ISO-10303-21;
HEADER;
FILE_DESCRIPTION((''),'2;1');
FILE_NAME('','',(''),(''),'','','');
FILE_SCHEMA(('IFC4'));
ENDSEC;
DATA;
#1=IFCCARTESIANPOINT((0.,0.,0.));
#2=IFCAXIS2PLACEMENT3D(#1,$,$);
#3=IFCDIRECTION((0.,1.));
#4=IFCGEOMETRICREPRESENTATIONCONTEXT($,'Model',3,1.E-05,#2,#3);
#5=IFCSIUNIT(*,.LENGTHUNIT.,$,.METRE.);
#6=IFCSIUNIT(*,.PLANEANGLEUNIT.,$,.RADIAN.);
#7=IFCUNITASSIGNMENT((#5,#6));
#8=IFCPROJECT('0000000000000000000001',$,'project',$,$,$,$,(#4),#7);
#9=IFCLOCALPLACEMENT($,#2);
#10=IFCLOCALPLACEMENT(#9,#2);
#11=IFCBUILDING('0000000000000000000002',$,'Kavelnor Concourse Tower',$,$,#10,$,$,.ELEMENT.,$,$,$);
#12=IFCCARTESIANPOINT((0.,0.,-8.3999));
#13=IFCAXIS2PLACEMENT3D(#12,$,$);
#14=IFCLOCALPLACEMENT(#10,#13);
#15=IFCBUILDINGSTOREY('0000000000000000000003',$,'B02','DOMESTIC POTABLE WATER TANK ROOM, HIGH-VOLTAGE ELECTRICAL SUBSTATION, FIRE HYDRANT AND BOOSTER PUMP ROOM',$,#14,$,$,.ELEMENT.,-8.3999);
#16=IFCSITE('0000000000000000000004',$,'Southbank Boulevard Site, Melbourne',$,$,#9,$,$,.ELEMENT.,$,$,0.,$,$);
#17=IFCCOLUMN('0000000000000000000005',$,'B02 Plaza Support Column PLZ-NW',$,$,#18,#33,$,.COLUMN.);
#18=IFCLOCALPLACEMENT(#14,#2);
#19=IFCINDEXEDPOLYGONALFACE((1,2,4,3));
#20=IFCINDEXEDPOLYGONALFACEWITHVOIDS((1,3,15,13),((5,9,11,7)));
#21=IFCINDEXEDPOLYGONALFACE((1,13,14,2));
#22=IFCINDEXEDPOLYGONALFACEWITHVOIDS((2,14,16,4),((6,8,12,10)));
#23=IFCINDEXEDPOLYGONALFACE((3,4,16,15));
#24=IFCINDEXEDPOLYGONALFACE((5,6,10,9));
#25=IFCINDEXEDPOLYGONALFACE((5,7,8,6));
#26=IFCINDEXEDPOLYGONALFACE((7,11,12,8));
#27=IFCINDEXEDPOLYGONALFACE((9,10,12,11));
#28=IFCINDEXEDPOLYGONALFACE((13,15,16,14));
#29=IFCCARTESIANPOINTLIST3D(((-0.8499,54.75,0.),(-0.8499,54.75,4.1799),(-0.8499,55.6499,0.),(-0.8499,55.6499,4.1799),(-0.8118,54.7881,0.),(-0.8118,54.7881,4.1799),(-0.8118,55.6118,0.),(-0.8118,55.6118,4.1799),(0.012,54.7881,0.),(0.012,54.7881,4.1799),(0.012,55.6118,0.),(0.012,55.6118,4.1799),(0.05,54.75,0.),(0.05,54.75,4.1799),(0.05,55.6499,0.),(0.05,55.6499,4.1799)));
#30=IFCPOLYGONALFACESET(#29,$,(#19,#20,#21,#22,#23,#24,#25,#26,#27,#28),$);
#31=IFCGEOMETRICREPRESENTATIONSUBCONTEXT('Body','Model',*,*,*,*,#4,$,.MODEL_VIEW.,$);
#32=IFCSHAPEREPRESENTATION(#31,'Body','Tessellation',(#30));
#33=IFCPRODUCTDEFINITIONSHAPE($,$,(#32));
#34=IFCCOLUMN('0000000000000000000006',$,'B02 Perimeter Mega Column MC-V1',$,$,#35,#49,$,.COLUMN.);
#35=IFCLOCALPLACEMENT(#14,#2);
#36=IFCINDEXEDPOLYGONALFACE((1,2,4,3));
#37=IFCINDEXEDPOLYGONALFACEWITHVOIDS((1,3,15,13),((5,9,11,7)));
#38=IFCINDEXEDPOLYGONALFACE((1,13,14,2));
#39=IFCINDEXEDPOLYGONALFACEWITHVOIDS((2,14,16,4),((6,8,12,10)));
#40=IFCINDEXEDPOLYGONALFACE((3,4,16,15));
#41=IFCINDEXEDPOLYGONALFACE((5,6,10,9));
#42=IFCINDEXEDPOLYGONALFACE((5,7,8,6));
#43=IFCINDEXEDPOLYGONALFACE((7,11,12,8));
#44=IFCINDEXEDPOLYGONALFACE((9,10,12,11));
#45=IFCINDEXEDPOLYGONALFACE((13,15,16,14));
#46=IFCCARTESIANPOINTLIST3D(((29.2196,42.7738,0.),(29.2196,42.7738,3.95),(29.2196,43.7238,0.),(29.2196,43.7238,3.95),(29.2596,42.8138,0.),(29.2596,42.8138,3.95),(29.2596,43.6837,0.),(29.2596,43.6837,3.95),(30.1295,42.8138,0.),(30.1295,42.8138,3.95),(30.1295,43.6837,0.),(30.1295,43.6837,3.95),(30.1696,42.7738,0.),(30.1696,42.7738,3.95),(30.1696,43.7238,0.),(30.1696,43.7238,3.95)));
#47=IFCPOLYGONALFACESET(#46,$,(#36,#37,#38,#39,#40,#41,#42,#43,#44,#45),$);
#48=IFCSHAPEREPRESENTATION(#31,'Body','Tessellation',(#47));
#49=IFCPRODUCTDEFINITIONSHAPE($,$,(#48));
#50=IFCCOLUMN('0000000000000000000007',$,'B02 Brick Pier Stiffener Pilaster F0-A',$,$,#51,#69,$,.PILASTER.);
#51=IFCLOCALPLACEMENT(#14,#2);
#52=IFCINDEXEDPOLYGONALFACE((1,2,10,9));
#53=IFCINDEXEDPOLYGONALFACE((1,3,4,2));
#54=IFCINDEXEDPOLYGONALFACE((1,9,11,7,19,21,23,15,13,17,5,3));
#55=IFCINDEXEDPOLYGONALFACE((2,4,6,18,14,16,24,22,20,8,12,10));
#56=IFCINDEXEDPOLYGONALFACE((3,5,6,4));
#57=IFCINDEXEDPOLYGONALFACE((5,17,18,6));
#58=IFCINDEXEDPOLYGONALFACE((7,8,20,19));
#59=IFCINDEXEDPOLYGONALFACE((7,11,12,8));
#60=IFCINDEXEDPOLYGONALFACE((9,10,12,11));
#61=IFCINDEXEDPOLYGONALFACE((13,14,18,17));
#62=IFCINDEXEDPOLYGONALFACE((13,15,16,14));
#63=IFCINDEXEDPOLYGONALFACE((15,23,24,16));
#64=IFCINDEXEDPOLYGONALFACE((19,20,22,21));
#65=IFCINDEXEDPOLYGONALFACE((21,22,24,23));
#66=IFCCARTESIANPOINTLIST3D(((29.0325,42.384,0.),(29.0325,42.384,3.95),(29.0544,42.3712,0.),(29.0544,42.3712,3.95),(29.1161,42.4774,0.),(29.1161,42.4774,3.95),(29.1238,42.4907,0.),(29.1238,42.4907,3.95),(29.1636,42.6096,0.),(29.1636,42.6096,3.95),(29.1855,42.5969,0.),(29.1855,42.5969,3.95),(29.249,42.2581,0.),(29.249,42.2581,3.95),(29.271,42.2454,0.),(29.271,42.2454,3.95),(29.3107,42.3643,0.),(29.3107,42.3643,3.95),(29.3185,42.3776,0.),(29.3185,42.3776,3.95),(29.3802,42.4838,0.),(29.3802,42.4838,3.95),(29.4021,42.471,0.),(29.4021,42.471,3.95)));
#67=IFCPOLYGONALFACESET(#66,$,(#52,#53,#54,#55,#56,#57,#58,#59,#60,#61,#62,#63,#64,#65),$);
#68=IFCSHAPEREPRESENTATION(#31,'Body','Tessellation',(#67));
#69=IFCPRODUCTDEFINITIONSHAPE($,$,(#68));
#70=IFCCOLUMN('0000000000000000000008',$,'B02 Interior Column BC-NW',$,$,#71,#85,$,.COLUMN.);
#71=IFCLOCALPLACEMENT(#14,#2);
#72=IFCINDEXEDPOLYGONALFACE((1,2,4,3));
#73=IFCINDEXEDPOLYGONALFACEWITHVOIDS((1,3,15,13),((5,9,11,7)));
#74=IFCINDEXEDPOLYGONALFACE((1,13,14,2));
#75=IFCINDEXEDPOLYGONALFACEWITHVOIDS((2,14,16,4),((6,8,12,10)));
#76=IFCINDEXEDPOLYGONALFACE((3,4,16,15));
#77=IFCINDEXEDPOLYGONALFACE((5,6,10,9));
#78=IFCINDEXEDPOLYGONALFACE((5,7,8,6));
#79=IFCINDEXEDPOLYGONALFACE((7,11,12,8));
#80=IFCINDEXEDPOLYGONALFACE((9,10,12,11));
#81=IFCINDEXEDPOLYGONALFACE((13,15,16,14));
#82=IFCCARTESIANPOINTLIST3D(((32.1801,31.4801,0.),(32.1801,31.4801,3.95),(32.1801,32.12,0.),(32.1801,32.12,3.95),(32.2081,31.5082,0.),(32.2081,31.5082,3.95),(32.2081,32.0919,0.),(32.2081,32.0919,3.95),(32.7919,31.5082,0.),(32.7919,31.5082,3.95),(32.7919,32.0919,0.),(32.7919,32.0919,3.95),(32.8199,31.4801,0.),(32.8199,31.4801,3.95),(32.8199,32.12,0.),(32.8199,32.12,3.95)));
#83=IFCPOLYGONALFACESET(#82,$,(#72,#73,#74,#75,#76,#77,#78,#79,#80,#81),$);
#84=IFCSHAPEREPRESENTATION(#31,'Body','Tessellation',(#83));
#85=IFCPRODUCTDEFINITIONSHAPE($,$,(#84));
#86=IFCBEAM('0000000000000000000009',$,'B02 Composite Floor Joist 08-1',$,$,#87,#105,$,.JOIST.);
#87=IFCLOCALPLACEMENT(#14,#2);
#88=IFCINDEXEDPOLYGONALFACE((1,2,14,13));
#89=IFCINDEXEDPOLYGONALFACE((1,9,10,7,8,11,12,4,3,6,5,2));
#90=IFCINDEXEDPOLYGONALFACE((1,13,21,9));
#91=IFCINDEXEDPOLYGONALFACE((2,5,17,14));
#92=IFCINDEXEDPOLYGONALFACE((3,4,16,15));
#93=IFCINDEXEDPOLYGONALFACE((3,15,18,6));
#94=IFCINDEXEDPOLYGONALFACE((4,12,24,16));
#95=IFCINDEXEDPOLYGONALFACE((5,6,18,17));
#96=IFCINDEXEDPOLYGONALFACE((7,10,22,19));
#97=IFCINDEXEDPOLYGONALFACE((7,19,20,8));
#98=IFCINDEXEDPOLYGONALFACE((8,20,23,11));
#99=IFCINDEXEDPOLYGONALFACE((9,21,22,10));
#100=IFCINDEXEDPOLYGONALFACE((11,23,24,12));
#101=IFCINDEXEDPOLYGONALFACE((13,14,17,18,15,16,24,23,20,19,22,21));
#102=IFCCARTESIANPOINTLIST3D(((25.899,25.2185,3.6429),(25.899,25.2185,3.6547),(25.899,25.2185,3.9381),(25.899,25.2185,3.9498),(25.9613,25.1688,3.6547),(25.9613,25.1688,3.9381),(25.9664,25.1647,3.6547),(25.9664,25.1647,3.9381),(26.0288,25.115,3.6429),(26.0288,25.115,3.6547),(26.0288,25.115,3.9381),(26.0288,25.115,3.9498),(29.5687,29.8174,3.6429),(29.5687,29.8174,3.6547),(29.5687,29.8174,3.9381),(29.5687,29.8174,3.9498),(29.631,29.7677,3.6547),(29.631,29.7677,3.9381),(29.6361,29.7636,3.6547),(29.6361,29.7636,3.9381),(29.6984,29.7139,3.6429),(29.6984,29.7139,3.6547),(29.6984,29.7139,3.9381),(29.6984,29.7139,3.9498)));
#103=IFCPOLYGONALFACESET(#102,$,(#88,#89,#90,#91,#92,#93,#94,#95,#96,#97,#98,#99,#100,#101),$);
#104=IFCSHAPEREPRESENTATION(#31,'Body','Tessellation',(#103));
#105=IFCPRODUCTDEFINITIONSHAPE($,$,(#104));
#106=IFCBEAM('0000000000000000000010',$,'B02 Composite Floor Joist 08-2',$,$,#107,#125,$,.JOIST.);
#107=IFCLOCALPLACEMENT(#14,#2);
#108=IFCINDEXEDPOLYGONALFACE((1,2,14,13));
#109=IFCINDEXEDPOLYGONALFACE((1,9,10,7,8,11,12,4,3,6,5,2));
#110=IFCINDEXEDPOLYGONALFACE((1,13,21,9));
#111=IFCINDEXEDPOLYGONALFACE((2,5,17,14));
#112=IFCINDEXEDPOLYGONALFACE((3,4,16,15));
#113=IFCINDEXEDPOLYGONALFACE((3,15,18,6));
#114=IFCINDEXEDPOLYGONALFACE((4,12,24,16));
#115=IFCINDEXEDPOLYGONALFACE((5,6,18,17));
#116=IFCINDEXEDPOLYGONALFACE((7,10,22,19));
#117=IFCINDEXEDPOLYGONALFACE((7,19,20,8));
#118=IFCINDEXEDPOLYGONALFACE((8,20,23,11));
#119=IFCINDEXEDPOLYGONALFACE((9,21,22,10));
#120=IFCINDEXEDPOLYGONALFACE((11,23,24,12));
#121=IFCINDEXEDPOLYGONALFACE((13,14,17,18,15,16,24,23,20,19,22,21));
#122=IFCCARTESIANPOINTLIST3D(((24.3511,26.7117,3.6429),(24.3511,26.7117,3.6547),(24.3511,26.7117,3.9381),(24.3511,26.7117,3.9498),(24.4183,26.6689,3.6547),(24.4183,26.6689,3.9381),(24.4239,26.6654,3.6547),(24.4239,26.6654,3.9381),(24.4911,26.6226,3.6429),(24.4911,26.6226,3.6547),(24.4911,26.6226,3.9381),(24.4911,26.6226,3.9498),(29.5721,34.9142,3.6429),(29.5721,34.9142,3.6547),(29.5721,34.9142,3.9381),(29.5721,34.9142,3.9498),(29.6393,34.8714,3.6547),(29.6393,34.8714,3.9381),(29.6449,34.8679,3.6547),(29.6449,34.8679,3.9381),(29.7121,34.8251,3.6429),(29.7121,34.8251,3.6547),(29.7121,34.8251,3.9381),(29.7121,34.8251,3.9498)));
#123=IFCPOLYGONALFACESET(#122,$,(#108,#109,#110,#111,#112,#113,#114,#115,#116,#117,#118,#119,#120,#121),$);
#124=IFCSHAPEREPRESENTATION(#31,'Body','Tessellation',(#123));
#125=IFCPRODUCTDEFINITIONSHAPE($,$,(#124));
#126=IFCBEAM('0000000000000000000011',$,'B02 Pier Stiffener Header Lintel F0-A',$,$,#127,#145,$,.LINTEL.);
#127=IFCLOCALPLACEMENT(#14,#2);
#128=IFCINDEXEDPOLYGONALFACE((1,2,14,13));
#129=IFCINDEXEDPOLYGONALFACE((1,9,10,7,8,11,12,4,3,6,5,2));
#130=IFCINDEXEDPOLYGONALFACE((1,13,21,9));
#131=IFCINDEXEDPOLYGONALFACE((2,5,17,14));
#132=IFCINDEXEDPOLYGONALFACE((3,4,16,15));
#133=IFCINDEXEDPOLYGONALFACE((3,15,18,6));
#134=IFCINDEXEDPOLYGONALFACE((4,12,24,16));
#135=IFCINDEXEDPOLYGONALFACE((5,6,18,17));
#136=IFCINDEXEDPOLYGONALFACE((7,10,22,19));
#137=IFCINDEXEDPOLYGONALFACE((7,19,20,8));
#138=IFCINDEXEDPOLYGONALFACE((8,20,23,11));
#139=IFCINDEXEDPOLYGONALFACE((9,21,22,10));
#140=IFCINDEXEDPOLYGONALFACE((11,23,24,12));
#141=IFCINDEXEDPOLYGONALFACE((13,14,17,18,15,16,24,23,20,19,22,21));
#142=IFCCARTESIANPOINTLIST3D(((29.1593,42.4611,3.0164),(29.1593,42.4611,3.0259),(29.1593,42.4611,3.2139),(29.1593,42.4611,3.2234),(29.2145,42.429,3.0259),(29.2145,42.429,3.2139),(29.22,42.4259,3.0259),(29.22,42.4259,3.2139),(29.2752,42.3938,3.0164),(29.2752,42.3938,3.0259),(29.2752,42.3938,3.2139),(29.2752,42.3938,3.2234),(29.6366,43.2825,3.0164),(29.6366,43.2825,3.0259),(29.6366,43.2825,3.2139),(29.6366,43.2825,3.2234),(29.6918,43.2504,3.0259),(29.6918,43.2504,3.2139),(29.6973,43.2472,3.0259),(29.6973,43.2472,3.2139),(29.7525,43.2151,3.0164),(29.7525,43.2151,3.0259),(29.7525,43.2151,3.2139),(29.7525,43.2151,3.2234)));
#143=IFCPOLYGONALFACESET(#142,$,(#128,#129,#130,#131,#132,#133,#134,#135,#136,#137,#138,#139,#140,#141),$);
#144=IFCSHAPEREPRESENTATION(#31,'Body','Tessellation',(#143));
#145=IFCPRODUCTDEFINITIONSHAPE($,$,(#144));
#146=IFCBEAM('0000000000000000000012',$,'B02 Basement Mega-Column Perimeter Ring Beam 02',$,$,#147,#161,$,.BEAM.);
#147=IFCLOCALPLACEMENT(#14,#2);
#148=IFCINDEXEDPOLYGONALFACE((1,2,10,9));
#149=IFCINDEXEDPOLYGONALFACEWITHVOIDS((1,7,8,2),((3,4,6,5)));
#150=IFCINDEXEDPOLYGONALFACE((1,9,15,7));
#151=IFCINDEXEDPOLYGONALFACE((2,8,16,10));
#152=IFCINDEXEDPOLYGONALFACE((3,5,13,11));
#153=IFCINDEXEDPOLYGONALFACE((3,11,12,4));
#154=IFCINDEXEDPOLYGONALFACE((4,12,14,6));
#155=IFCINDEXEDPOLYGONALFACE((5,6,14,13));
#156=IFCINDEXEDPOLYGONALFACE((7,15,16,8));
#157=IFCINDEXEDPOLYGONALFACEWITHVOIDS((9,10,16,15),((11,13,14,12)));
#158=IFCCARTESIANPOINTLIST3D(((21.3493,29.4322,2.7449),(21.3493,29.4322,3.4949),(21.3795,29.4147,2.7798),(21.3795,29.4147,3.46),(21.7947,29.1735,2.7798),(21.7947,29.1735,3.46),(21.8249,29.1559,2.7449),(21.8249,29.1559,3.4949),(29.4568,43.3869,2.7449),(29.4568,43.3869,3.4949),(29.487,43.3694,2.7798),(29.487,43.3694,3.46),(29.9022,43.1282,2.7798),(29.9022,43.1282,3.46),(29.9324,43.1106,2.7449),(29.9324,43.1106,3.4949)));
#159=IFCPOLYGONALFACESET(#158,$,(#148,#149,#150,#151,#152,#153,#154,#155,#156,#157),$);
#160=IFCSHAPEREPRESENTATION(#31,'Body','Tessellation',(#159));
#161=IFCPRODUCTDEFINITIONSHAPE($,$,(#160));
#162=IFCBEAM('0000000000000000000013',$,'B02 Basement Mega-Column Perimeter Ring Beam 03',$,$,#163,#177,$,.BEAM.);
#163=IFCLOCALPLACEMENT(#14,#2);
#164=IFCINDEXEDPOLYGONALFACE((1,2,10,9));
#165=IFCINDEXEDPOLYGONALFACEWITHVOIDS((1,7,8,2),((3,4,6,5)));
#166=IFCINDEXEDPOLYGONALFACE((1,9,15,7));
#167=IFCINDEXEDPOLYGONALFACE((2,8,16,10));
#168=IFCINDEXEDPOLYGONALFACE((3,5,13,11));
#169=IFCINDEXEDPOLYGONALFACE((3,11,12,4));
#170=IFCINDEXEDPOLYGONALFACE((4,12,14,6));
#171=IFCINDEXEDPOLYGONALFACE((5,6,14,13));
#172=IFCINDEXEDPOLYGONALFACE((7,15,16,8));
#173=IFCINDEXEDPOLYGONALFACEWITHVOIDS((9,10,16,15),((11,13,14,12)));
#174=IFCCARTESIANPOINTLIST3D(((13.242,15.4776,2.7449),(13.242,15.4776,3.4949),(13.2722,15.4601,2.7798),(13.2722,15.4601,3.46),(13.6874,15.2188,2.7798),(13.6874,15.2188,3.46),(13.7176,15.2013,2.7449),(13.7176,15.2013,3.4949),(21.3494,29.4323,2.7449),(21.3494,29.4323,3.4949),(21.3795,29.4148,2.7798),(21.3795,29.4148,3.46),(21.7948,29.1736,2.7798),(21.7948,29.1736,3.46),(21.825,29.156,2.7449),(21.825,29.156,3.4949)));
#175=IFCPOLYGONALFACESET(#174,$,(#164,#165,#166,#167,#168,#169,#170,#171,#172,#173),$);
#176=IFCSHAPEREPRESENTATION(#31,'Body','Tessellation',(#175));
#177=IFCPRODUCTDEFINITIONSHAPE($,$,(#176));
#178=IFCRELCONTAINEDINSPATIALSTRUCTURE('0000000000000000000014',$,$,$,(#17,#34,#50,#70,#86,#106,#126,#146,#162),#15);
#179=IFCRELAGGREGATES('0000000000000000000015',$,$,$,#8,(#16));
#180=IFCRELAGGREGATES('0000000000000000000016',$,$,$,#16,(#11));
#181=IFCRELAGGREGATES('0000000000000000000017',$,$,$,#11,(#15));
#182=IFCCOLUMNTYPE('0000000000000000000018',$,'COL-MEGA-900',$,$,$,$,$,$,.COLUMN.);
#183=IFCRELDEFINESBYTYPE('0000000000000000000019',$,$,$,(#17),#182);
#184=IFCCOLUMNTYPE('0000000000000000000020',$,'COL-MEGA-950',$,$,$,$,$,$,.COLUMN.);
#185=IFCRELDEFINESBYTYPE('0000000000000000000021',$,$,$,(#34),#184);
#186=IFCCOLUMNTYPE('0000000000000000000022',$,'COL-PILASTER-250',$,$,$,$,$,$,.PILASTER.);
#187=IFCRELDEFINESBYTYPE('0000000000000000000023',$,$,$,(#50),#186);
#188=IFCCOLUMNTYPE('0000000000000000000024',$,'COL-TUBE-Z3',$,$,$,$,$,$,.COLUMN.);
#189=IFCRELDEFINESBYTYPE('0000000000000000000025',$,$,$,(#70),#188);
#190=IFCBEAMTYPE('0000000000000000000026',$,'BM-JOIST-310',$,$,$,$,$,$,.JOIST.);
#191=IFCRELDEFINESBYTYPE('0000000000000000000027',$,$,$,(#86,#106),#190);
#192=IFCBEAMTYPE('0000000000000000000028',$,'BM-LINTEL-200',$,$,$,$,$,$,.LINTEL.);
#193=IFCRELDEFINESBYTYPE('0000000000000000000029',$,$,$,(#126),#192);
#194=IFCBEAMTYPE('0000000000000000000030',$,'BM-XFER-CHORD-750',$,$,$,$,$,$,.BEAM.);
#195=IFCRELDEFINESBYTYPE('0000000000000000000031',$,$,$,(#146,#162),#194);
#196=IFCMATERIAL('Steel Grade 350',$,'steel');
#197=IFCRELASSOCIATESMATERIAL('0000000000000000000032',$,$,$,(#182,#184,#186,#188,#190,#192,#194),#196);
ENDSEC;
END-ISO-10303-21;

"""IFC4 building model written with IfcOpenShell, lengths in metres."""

from ifc_helpers import new_model, si_unit, direction, frame, origin, origin_2d, place, context, subcontext, project, spatial, hollow_rectangle, i_section, extrude, material, material_profile, profile_set, type_object, element, save


model = new_model("IFC4")

# Units and contexts
model_context = context("Model", 3, precision=1e-05, world=origin(), true_north=direction((0.0, 1.0)))
body_context = subcontext(model_context, "Body", "Model", "MODEL_VIEW")
ifc_project = project(units=[si_unit("LENGTHUNIT", "METRE"), si_unit("PLANEANGLEUNIT", "RADIAN")], contexts=[model_context])

# Site, building, storey
site_placement = place(None, origin())
site = spatial("IfcSite", under=ifc_project, at=site_placement, Name="Southbank Boulevard Site, Melbourne", CompositionType="ELEMENT", RefElevation=0.0)
building_placement = place(site_placement, origin())
building = spatial("IfcBuilding", under=site, at=building_placement, Name="Kavelnor Concourse Tower", CompositionType="ELEMENT")
storey_placement = place(building_placement, frame((0.0, 0.0, -8.3999)))
storey = spatial("IfcBuildingStorey", under=building, at=storey_placement, Name="B02", Description="DOMESTIC POTABLE WATER TANK ROOM, HIGH-VOLTAGE ELECTRICAL SUBSTATION, FIRE HYDRANT AND BOOSTER PUMP ROOM", CompositionType="ELEMENT", Elevation=-8.3999)

# Columns
ifc_material_1 = material(Name="Steel Grade 350", Category="steel")
ifc_material_profile_1 = material_profile(ifc_material_1, hollow_rectangle(XDim=0.8999, YDim=0.8999, WallThickness=0.0381, at=origin_2d()), Name="SHS 900x900x38")
ifc_profile_set_1 = profile_set([ifc_material_profile_1], Name="Steel Grade 350")
column_type_1 = type_object("IfcColumnType", Name="COL-MEGA-900", PredefinedType="COLUMN", material=ifc_profile_set_1)
column_1_placement = place(storey_placement, frame((-0.3999, 55.2, 0.0), z_axis=(0.0, 0.0, 1.0), x_axis=(1.0, 0.0, 0.0)))
element("IfcColumn", 1, at=column_1_placement, inside=storey, type_object=column_type_1, Name="B02 Plaza Support Column PLZ-NW", PredefinedType="COLUMN", context=body_context, shape_type="SweptSolid", body=[
    extrude(hollow_rectangle(XDim=0.8999, YDim=0.8999, WallThickness=0.0381, at=origin_2d()), origin(), (0.0, 0.0, 1.0), 4.1799),
])
ifc_material_profile_2 = material_profile(ifc_material_1, hollow_rectangle(XDim=0.95, YDim=0.95, WallThickness=0.04, at=origin_2d()), Name="SHS 950x950x40")
ifc_profile_set_2 = profile_set([ifc_material_profile_2], Name="Steel Grade 350")
column_type_2 = type_object("IfcColumnType", Name="COL-MEGA-950", PredefinedType="COLUMN", material=ifc_profile_set_2)
column_2_placement = place(storey_placement, frame((29.6946, 43.2488, 0.0), z_axis=(0.0, 0.0, 1.0), x_axis=(1.0, 0.0, 0.0)))
element("IfcColumn", 2, at=column_2_placement, inside=storey, type_object=column_type_2, Name="B02 Perimeter Mega Column MC-V1", PredefinedType="COLUMN", context=body_context, shape_type="SweptSolid", body=[
    extrude(hollow_rectangle(XDim=0.95, YDim=0.95, WallThickness=0.04, at=origin_2d()), origin(), (0.0, 0.0, 1.0), 3.95),
])
ifc_material_profile_3 = material_profile(ifc_material_1, i_section(OverallWidth=0.261, OverallDepth=0.2759, WebThickness=0.0154, FlangeThickness=0.0254, at=origin_2d()), Name="UC 254x254x132")
ifc_profile_set_3 = profile_set([ifc_material_profile_3], Name="Steel Grade 350")
column_type_3 = type_object("IfcColumnType", Name="COL-PILASTER-250", PredefinedType="PILASTER", material=ifc_profile_set_3)
column_3_placement = place(storey_placement, frame((29.2173, 42.4275, 0.0), z_axis=(0.0, 0.0, 1.0), x_axis=(-0.502416, -0.864626, 0.0)))
element("IfcColumn", 3, at=column_3_placement, inside=storey, type_object=column_type_3, Name="B02 Brick Pier Stiffener Pilaster F0-A", PredefinedType="PILASTER", context=body_context, shape_type="SweptSolid", body=[
    extrude(i_section(OverallWidth=0.261, OverallDepth=0.2759, WebThickness=0.0154, FlangeThickness=0.0254, at=origin_2d()), origin(), (0.0, 0.0, 1.0), 3.95),
])
ifc_material_profile_4 = material_profile(ifc_material_1, hollow_rectangle(XDim=0.6399, YDim=0.6399, WallThickness=0.0281, at=origin_2d()), Name="SHS 640x640x28")
ifc_profile_set_4 = profile_set([ifc_material_profile_4], Name="Steel Grade 350")
column_type_4 = type_object("IfcColumnType", Name="COL-TUBE-Z3", PredefinedType="COLUMN", material=ifc_profile_set_4)
column_4_placement = place(storey_placement, frame((32.5, 31.8, 0.0), z_axis=(0.0, 0.0, 1.0), x_axis=(1.0, 0.0, 0.0)))
element("IfcColumn", 4, at=column_4_placement, inside=storey, type_object=column_type_4, Name="B02 Interior Column BC-NW", PredefinedType="COLUMN", context=body_context, shape_type="SweptSolid", body=[
    extrude(hollow_rectangle(XDim=0.6399, YDim=0.6399, WallThickness=0.0281, at=origin_2d()), origin(), (0.0, 0.0, 1.0), 3.95),
])

# Beams
ifc_material_profile_5 = material_profile(ifc_material_1, i_section(OverallWidth=0.166, OverallDepth=0.3069, WebThickness=0.0066, FlangeThickness=0.0117, at=origin_2d()), Name="310UB46")
ifc_profile_set_5 = profile_set([ifc_material_profile_5], Name="Steel Grade 350")
beam_type_1 = type_object("IfcBeamType", Name="BM-JOIST-310", PredefinedType="JOIST", material=ifc_profile_set_5)
beam_1_placement = place(storey_placement, frame((29.6335, 29.7656, 3.7964), z_axis=(-0.623718, -0.78165, 0.0), x_axis=(0.78165, -0.623718, 0.0)))
element("IfcBeam", 5, at=beam_1_placement, inside=storey, type_object=beam_type_1, Name="B02 Composite Floor Joist 08-1", PredefinedType="JOIST", context=body_context, shape_type="SweptSolid", body=[
    extrude(i_section(OverallWidth=0.166, OverallDepth=0.3069, WebThickness=0.0066, FlangeThickness=0.0117, at=origin_2d()), origin(), (0.0, 0.0, 1.0), 5.8835),
])
beam_2_placement = place(storey_placement, frame((29.6421, 34.8696, 3.7964), z_axis=(-0.536966, -0.843604, 0.0), x_axis=(0.843604, -0.536966, 0.0)))
element("IfcBeam", 6, at=beam_2_placement, inside=storey, type_object=beam_type_1, Name="B02 Composite Floor Joist 08-2", PredefinedType="JOIST", context=body_context, shape_type="SweptSolid", body=[
    extrude(i_section(OverallWidth=0.166, OverallDepth=0.3069, WebThickness=0.0066, FlangeThickness=0.0117, at=origin_2d()), origin(), (0.0, 0.0, 1.0), 9.7231),
])
ifc_material_profile_6 = material_profile(ifc_material_1, i_section(OverallWidth=0.134, OverallDepth=0.207, WebThickness=0.0063, FlangeThickness=0.0095, at=origin_2d()), Name="200UB29")
ifc_profile_set_6 = profile_set([ifc_material_profile_6], Name="Steel Grade 350")
beam_type_2 = type_object("IfcBeamType", Name="BM-LINTEL-200", PredefinedType="LINTEL", material=ifc_profile_set_6)
beam_3_placement = place(storey_placement, frame((29.6946, 43.2488, 3.1199), z_axis=(-0.502464, -0.864598, 0.0), x_axis=(0.864598, -0.502464, 0.0)))
element("IfcBeam", 7, at=beam_3_placement, inside=storey, type_object=beam_type_2, Name="B02 Pier Stiffener Header Lintel F0-A", PredefinedType="LINTEL", context=body_context, shape_type="SweptSolid", body=[
    extrude(i_section(OverallWidth=0.134, OverallDepth=0.207, WebThickness=0.0063, FlangeThickness=0.0095, at=origin_2d()), origin(), (0.0, 0.0, 1.0), 0.95),
])
ifc_material_profile_7 = material_profile(ifc_material_1, hollow_rectangle(XDim=0.55, YDim=0.75, WallThickness=0.0349, at=origin_2d()), Name="RHS 750x550x35")
ifc_profile_set_7 = profile_set([ifc_material_profile_7], Name="Steel Grade 350")
beam_type_3 = type_object("IfcBeamType", Name="BM-XFER-CHORD-750", PredefinedType="BEAM", material=ifc_profile_set_7)
for number, where, z_axis, x_axis, name in (
    (8, (29.6946, 43.2488, 3.1199), (-0.502356, -0.864661, 0.0), (0.864661, -0.502356, 0.0), "B02 Basement Mega-Column Perimeter Ring Beam 02"),
    (9, (21.5872, 29.2942, 3.1199), (-0.502349, -0.864665, 0.0), (0.864665, -0.502349, 0.0), "B02 Basement Mega-Column Perimeter Ring Beam 03"),
):
    element("IfcBeam", number, at=place(storey_placement, frame(where, z_axis=z_axis, x_axis=x_axis)), inside=storey, type_object=beam_type_3, Name=name, PredefinedType="BEAM", context=body_context, shape_type="SweptSolid", body=[
        extrude(hollow_rectangle(XDim=0.55, YDim=0.75, WallThickness=0.0349, at=origin_2d()), origin(), (0.0, 0.0, 1.0), 16.1389),
    ])

save(model, "model.ifc")
